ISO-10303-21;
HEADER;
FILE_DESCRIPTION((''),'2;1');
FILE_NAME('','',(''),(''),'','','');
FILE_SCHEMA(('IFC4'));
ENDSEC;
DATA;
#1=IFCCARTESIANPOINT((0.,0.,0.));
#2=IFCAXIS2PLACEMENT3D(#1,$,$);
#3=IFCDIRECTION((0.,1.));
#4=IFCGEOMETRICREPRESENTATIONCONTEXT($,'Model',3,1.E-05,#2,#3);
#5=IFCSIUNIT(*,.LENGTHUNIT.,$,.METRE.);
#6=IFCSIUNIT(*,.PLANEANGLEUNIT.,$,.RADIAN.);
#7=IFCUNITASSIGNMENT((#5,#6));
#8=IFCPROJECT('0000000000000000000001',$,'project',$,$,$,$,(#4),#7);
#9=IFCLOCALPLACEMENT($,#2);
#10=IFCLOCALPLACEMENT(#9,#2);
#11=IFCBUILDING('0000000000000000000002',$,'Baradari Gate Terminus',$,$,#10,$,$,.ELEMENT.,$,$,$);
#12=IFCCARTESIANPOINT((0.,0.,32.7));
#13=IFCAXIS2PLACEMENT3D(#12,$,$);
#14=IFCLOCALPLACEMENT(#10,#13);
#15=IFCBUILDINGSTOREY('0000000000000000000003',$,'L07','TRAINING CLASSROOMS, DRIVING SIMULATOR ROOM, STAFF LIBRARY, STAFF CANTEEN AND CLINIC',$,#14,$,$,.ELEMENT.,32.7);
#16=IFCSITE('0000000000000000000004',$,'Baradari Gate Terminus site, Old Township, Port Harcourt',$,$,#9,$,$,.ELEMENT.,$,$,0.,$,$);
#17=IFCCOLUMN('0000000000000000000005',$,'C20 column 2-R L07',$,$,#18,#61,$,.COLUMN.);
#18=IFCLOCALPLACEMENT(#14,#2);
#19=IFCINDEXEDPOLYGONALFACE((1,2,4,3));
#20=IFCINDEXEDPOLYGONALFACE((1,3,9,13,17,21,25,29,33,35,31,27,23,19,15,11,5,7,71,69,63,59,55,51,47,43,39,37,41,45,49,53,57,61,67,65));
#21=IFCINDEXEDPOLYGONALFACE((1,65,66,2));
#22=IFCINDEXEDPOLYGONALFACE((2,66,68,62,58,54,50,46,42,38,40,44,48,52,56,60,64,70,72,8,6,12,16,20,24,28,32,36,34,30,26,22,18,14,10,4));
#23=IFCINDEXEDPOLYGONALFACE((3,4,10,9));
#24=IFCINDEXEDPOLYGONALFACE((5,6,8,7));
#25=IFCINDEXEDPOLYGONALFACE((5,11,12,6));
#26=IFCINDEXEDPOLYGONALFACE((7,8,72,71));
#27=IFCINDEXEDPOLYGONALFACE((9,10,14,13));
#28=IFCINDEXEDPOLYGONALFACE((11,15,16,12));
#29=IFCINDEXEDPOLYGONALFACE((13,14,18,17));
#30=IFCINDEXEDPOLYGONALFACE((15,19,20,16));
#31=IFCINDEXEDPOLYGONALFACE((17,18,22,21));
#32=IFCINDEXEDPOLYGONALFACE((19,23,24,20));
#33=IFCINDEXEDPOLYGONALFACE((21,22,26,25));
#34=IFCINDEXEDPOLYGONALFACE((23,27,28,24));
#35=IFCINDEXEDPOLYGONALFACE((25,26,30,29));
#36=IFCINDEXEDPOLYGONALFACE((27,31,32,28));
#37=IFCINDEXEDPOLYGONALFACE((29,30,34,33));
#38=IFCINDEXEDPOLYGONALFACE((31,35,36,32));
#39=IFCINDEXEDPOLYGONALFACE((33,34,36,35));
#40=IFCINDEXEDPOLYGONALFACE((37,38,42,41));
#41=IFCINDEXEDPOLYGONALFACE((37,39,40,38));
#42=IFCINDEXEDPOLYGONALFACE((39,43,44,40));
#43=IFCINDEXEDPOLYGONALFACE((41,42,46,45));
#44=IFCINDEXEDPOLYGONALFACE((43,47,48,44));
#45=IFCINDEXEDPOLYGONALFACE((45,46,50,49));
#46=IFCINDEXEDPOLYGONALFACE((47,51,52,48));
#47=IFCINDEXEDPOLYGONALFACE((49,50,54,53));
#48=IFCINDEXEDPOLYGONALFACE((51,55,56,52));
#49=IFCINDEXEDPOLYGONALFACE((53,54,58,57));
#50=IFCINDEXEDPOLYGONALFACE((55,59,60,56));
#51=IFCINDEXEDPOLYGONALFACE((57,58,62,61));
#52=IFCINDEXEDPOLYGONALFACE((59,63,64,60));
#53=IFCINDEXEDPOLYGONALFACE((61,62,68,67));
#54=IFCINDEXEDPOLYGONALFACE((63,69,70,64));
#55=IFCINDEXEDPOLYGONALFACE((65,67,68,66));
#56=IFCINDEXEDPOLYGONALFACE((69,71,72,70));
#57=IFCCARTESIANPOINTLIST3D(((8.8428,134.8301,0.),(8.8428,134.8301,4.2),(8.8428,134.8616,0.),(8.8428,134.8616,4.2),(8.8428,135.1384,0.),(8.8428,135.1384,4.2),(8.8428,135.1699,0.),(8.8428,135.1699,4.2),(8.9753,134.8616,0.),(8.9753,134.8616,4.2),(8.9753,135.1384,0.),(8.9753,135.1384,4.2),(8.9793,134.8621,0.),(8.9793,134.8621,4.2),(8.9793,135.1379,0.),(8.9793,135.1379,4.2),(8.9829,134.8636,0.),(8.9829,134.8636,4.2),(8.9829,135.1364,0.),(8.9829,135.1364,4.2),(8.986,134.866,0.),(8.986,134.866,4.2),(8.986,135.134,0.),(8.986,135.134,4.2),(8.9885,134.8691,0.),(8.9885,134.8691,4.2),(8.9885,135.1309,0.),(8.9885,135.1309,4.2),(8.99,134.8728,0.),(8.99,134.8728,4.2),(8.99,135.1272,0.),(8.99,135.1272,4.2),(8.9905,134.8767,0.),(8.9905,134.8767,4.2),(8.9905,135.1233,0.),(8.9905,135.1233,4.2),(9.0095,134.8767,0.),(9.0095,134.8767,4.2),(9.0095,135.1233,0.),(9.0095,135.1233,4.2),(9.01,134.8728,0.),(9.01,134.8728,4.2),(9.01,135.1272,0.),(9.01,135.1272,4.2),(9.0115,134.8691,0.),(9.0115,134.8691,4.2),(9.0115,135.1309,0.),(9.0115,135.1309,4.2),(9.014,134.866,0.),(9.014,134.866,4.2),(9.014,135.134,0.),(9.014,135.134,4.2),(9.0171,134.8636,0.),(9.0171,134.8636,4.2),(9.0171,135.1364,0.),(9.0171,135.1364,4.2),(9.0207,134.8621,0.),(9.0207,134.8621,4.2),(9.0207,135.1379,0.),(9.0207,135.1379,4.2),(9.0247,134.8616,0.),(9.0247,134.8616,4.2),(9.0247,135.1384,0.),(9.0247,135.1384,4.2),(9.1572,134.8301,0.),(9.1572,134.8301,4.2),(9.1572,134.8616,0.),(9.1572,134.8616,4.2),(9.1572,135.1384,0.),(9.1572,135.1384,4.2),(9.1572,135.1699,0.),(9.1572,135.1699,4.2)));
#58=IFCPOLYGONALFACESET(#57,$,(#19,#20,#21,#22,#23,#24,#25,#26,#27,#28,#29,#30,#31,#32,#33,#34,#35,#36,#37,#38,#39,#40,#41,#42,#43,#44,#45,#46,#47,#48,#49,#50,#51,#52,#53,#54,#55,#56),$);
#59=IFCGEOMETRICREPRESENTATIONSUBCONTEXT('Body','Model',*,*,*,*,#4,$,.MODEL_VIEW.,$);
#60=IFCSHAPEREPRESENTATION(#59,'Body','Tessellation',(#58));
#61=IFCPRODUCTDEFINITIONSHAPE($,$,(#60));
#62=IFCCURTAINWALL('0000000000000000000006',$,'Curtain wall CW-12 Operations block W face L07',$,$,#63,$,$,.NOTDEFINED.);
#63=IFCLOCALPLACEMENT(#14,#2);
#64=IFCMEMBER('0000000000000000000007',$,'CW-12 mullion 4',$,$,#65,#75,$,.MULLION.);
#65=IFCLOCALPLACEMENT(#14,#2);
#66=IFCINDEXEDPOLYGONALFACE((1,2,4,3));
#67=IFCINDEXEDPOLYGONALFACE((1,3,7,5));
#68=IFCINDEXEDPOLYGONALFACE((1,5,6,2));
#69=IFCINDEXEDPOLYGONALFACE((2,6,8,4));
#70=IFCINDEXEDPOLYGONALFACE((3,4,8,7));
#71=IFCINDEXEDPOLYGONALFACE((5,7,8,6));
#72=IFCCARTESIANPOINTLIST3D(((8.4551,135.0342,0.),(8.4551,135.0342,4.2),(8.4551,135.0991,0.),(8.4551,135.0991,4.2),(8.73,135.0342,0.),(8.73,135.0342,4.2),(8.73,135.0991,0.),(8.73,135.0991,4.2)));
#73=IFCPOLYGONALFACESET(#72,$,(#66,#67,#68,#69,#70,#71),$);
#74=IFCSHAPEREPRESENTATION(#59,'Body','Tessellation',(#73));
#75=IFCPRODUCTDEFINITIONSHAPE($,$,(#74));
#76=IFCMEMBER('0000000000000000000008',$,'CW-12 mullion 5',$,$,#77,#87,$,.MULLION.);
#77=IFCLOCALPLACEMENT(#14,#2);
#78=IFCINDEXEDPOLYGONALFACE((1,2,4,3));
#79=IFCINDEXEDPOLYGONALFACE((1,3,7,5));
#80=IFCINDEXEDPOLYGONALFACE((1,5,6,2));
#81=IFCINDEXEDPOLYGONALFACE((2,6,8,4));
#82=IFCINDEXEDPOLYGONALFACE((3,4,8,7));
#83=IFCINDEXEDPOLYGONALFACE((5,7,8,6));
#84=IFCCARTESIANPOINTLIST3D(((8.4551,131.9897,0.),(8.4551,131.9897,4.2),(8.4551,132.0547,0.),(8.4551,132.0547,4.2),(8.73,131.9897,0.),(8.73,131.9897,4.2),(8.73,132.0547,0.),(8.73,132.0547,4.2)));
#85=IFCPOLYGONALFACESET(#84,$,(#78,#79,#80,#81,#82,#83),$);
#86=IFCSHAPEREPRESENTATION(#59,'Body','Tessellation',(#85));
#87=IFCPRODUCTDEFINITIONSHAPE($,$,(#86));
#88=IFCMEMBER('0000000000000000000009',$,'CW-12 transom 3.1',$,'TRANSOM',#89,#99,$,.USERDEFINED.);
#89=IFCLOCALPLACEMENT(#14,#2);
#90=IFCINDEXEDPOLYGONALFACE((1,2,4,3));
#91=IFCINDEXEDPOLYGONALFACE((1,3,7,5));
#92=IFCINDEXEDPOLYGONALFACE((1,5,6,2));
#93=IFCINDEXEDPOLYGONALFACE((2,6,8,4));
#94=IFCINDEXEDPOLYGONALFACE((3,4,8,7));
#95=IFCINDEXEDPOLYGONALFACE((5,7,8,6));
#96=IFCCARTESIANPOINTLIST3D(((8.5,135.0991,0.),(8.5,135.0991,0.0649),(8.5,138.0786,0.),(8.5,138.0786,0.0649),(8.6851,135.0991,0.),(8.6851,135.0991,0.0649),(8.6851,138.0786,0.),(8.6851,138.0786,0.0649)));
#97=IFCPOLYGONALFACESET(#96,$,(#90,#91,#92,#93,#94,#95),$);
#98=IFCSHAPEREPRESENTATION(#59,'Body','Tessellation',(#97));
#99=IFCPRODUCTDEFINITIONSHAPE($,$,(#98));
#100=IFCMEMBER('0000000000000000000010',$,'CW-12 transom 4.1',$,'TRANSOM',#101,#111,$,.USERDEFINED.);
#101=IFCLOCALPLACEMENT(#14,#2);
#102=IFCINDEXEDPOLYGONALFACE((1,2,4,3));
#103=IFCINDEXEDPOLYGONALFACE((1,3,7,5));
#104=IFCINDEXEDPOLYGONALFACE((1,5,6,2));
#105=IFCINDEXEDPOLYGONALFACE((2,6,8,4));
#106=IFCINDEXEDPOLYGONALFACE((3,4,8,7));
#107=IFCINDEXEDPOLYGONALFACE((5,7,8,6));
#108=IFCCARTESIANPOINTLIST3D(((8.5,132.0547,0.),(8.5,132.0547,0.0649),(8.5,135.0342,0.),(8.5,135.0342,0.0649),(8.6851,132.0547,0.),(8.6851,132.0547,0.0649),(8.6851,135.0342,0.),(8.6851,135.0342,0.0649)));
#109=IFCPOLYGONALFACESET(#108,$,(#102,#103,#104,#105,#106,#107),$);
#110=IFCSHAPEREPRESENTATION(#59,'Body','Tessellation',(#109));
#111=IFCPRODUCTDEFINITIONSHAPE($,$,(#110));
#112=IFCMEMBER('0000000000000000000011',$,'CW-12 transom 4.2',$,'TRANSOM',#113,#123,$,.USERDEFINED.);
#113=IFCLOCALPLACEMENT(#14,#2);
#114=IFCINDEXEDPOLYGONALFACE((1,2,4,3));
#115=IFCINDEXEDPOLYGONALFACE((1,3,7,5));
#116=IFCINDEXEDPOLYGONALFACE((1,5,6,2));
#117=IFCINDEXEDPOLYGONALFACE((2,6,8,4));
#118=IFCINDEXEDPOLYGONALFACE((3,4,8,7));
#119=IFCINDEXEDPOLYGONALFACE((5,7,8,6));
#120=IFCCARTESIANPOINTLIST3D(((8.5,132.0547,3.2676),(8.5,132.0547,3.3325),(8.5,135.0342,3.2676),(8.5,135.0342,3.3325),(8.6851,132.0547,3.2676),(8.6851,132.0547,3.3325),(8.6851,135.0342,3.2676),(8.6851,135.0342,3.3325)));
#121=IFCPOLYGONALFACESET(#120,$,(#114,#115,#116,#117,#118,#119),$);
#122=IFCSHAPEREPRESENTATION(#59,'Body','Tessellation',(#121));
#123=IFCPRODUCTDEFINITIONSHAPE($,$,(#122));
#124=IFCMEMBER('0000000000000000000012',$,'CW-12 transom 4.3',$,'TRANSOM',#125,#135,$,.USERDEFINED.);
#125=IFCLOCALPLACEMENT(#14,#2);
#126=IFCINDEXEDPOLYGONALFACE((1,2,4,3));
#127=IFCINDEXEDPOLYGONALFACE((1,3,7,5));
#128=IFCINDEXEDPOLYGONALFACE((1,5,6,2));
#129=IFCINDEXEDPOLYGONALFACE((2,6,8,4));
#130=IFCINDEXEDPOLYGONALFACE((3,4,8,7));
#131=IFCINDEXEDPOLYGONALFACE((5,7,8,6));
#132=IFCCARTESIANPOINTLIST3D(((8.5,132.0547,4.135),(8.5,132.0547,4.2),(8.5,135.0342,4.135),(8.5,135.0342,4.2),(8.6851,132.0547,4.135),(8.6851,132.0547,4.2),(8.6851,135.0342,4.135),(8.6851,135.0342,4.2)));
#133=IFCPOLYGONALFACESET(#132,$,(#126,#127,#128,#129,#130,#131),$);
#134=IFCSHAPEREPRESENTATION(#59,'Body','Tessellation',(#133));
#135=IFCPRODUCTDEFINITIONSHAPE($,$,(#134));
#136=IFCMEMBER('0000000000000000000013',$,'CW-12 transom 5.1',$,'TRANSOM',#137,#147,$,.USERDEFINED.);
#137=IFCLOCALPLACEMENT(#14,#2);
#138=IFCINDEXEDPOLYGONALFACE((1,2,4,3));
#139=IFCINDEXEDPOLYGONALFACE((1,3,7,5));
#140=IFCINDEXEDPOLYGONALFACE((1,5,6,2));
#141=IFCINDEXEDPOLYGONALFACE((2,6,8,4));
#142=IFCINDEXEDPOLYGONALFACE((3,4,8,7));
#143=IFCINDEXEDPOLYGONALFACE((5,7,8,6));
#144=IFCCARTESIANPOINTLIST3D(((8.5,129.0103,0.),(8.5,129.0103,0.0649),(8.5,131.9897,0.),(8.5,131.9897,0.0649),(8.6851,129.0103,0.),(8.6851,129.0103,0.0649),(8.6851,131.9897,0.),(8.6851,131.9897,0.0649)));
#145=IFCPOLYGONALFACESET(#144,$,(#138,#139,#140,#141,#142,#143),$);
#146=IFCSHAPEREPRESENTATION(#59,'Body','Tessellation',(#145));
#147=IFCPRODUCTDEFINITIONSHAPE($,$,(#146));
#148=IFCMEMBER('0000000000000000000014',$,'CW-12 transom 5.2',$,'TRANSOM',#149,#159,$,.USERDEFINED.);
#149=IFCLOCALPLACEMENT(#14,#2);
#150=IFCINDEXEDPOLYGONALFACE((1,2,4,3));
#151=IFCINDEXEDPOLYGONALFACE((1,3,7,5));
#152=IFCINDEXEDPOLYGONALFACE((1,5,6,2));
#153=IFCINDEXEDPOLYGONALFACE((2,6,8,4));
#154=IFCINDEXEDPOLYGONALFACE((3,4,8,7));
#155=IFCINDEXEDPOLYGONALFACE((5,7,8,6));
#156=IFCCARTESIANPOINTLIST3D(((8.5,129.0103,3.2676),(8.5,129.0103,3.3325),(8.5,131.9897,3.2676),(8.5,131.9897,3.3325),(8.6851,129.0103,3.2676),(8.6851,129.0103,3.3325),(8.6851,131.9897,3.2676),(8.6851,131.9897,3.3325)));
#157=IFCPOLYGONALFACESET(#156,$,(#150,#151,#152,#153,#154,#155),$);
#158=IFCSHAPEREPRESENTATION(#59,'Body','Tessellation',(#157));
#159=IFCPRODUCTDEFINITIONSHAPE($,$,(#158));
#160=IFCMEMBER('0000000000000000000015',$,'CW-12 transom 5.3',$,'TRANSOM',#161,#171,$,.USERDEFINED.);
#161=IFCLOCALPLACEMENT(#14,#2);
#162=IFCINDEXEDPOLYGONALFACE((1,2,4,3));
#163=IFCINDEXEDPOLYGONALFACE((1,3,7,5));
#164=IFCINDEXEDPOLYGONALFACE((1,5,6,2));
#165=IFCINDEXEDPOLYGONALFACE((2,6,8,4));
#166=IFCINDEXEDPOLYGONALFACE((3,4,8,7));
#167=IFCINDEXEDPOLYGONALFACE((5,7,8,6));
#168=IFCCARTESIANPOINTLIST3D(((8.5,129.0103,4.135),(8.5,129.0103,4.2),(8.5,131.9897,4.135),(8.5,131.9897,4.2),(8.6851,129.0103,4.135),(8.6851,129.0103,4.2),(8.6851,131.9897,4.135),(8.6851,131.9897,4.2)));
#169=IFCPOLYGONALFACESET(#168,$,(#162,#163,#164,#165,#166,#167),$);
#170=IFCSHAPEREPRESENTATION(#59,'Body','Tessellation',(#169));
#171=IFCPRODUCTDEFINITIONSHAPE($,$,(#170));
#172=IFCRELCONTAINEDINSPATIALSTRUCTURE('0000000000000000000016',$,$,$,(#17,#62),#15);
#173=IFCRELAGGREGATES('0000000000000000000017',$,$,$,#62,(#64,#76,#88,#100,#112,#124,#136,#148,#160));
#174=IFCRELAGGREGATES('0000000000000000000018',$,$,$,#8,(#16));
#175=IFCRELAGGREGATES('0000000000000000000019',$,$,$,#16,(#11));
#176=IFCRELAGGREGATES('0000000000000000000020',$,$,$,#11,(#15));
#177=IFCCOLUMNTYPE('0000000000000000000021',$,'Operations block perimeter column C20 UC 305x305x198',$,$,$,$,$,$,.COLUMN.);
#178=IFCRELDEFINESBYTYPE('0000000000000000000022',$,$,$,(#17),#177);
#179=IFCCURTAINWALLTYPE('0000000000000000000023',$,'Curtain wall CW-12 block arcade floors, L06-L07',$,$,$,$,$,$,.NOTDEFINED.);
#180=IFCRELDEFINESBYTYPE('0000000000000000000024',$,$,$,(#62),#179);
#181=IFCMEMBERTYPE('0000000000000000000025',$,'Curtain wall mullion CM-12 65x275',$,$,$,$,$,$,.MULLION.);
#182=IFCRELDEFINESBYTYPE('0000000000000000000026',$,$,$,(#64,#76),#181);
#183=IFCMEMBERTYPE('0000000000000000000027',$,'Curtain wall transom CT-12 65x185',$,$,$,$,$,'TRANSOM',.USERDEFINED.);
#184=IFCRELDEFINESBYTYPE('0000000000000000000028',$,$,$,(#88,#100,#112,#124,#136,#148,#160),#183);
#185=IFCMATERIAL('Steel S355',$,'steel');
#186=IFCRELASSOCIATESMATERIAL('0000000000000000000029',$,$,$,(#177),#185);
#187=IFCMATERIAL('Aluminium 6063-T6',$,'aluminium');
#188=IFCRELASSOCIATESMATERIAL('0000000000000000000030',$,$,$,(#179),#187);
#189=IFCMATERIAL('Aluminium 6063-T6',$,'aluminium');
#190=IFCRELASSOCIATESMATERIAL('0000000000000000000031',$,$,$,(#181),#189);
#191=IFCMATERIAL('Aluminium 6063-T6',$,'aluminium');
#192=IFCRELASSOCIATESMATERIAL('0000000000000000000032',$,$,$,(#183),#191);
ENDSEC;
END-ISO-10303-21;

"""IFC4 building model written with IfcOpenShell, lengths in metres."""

from ifc_helpers import new_model, si_unit, direction, frame, origin, origin_2d, place, context, subcontext, project, spatial, rectangle, i_section, extrude, material, material_profile, profile_set, type_object, element, aggregate, save


model = new_model("IFC4")

# Units and contexts
model_context = context("Model", 3, precision=1e-05, world=origin(), true_north=direction((0.0, 1.0)))
body_context = subcontext(model_context, "Body", "Model", "MODEL_VIEW")
ifc_project = project(units=[si_unit("LENGTHUNIT", "METRE"), si_unit("PLANEANGLEUNIT", "RADIAN")], contexts=[model_context])

# Site, building, storey
site_placement = place(None, origin())
site = spatial("IfcSite", under=ifc_project, at=site_placement, Name="Baradari Gate Terminus site, Old Township, Port Harcourt", CompositionType="ELEMENT", RefElevation=0.0)
building_placement = place(site_placement, origin())
building = spatial("IfcBuilding", under=site, at=building_placement, Name="Baradari Gate Terminus", CompositionType="ELEMENT")
storey_placement = place(building_placement, frame((0.0, 0.0, 32.7)))
storey = spatial("IfcBuildingStorey", under=building, at=storey_placement, Name="L07", Description="TRAINING CLASSROOMS, DRIVING SIMULATOR ROOM, STAFF LIBRARY, STAFF CANTEEN AND CLINIC", CompositionType="ELEMENT", Elevation=32.7)

# Column
ifc_material_1 = material(Name="Steel S355", Category="steel")
ifc_material_profile_1 = material_profile(ifc_material_1, i_section(OverallWidth=0.3145, OverallDepth=0.3398, WebThickness=0.019, FlangeThickness=0.0315, FilletRadius=0.0151, at=origin_2d()), Name="UC 305x305x198")
ifc_profile_set_1 = profile_set([ifc_material_profile_1], Name="Steel S355")
column_type = type_object("IfcColumnType", Name="Operations block perimeter column C20 UC 305x305x198", PredefinedType="COLUMN", material=ifc_profile_set_1)
column_placement = place(storey_placement, frame((9.0, 135.0, 0.0), z_axis=(0.0, 0.0, 1.0), x_axis=(1.0, 0.0, 0.0)))
element("IfcColumn", 1, at=column_placement, inside=storey, type_object=column_type, Name="C20 column 2-R L07", PredefinedType="COLUMN", context=body_context, shape_type="SweptSolid", body=[
    extrude(i_section(OverallWidth=0.3145, OverallDepth=0.3398, WebThickness=0.019, FlangeThickness=0.0315, FilletRadius=0.0151, at=origin_2d()), origin(), (0.0, 0.0, 1.0), 4.2),
])

# Curtain wall, members
ifc_material_2 = material(Name="Aluminium 6063-T6", Category="aluminium")
curtain_wall_type = type_object("IfcCurtainWallType", Name="Curtain wall CW-12 block arcade floors, L06-L07", PredefinedType="NOTDEFINED", material=ifc_material_2)
curtain_wall_placement = place(storey_placement, origin())
curtain_wall = element("IfcCurtainWall", 2, at=curtain_wall_placement, inside=storey, type_object=curtain_wall_type, Name="Curtain wall CW-12 Operations block W face L07", PredefinedType="NOTDEFINED")
ifc_material_3 = material(Name="Aluminium 6063-T6", Category="aluminium")
ifc_material_profile_2 = material_profile(ifc_material_3, rectangle(XDim=0.2749, YDim=0.0649, at=origin_2d()), Name="CM-12 65X275")
ifc_profile_set_2 = profile_set([ifc_material_profile_2], Name="Aluminium 6063-T6")
member_type_1 = type_object("IfcMemberType", Name="Curtain wall mullion CM-12 65x275", PredefinedType="MULLION", material=ifc_profile_set_2)
member_1_placement = place(storey_placement, frame((8.5925, 135.0667, 0.0), z_axis=(0.0, 0.0, 1.0), x_axis=(1.0, 0.0, 0.0)))
member_1 = element("IfcMember", 3, at=member_1_placement, type_object=member_type_1, Name="CW-12 mullion 4", PredefinedType="MULLION", context=body_context, shape_type="SweptSolid", body=[
    extrude(rectangle(XDim=0.2749, YDim=0.0649, at=origin_2d()), origin(), (0.0, 0.0, 1.0), 4.2),
])
member_2_placement = place(storey_placement, frame((8.5925, 132.0222, 0.0), z_axis=(0.0, 0.0, 1.0), x_axis=(1.0, 0.0, 0.0)))
member_2 = element("IfcMember", 4, at=member_2_placement, type_object=member_type_1, Name="CW-12 mullion 5", PredefinedType="MULLION", context=body_context, shape_type="SweptSolid", body=[
    extrude(rectangle(XDim=0.2749, YDim=0.0649, at=origin_2d()), origin(), (0.0, 0.0, 1.0), 4.2),
])
ifc_material_4 = material(Name="Aluminium 6063-T6", Category="aluminium")
ifc_material_profile_3 = material_profile(ifc_material_4, rectangle(XDim=0.1851, YDim=0.0649, at=origin_2d()), Name="CT-12 65X185")
ifc_profile_set_3 = profile_set([ifc_material_profile_3], Name="Aluminium 6063-T6")
member_type_2 = type_object("IfcMemberType", Name="Curtain wall transom CT-12 65x185", ElementType="TRANSOM", PredefinedType="USERDEFINED", material=ifc_profile_set_3)
member_3_placement = place(storey_placement, frame((8.5925, 138.0786, 0.0325), z_axis=(0.0, -1.0, 0.0), x_axis=(1.0, 0.0, 0.0)))
member_3 = element("IfcMember", 5, at=member_3_placement, type_object=member_type_2, Name="CW-12 transom 3.1", ObjectType="TRANSOM", PredefinedType="USERDEFINED", context=body_context, shape_type="SweptSolid", body=[
    extrude(rectangle(XDim=0.1851, YDim=0.0649, at=origin_2d()), origin(), (0.0, 0.0, 1.0), 2.9795),
])
member_4_placement = place(storey_placement, frame((8.5925, 135.0342, 0.0325), z_axis=(0.0, -1.0, 0.0), x_axis=(1.0, 0.0, 0.0)))
member_4 = element("IfcMember", 6, at=member_4_placement, type_object=member_type_2, Name="CW-12 transom 4.1", ObjectType="TRANSOM", PredefinedType="USERDEFINED", context=body_context, shape_type="SweptSolid", body=[
    extrude(rectangle(XDim=0.1851, YDim=0.0649, at=origin_2d()), origin(), (0.0, 0.0, 1.0), 2.9795),
])
member_5_placement = place(storey_placement, frame((8.5925, 135.0342, 3.3), z_axis=(0.0, -1.0, 0.0), x_axis=(1.0, 0.0, 0.0)))
member_5 = element("IfcMember", 7, at=member_5_placement, type_object=member_type_2, Name="CW-12 transom 4.2", ObjectType="TRANSOM", PredefinedType="USERDEFINED", context=body_context, shape_type="SweptSolid", body=[
    extrude(rectangle(XDim=0.1851, YDim=0.0649, at=origin_2d()), origin(), (0.0, 0.0, 1.0), 2.9795),
])
member_6_placement = place(storey_placement, frame((8.5925, 135.0342, 4.1675), z_axis=(0.0, -1.0, 0.0), x_axis=(1.0, 0.0, 0.0)))
member_6 = element("IfcMember", 8, at=member_6_placement, type_object=member_type_2, Name="CW-12 transom 4.3", ObjectType="TRANSOM", PredefinedType="USERDEFINED", context=body_context, shape_type="SweptSolid", body=[
    extrude(rectangle(XDim=0.1851, YDim=0.0649, at=origin_2d()), origin(), (0.0, 0.0, 1.0), 2.9795),
])
member_7_placement = place(storey_placement, frame((8.5925, 131.9897, 0.0325), z_axis=(0.0, -1.0, 0.0), x_axis=(1.0, 0.0, 0.0)))
member_7 = element("IfcMember", 9, at=member_7_placement, type_object=member_type_2, Name="CW-12 transom 5.1", ObjectType="TRANSOM", PredefinedType="USERDEFINED", context=body_context, shape_type="SweptSolid", body=[
    extrude(rectangle(XDim=0.1851, YDim=0.0649, at=origin_2d()), origin(), (0.0, 0.0, 1.0), 2.9795),
])
member_8_placement = place(storey_placement, frame((8.5925, 131.9897, 3.3), z_axis=(0.0, -1.0, 0.0), x_axis=(1.0, 0.0, 0.0)))
member_8 = element("IfcMember", 10, at=member_8_placement, type_object=member_type_2, Name="CW-12 transom 5.2", ObjectType="TRANSOM", PredefinedType="USERDEFINED", context=body_context, shape_type="SweptSolid", body=[
    extrude(rectangle(XDim=0.1851, YDim=0.0649, at=origin_2d()), origin(), (0.0, 0.0, 1.0), 2.9795),
])
member_9_placement = place(storey_placement, frame((8.5925, 131.9897, 4.1675), z_axis=(0.0, -1.0, 0.0), x_axis=(1.0, 0.0, 0.0)))
member_9 = element("IfcMember", 11, at=member_9_placement, type_object=member_type_2, Name="CW-12 transom 5.3", ObjectType="TRANSOM", PredefinedType="USERDEFINED", context=body_context, shape_type="SweptSolid", body=[
    extrude(rectangle(XDim=0.1851, YDim=0.0649, at=origin_2d()), origin(), (0.0, 0.0, 1.0), 2.9795),
])

aggregate(curtain_wall, [member_1, member_2, member_3, member_4, member_5, member_6, member_7, member_8, member_9])

save(model, "model.ifc")
